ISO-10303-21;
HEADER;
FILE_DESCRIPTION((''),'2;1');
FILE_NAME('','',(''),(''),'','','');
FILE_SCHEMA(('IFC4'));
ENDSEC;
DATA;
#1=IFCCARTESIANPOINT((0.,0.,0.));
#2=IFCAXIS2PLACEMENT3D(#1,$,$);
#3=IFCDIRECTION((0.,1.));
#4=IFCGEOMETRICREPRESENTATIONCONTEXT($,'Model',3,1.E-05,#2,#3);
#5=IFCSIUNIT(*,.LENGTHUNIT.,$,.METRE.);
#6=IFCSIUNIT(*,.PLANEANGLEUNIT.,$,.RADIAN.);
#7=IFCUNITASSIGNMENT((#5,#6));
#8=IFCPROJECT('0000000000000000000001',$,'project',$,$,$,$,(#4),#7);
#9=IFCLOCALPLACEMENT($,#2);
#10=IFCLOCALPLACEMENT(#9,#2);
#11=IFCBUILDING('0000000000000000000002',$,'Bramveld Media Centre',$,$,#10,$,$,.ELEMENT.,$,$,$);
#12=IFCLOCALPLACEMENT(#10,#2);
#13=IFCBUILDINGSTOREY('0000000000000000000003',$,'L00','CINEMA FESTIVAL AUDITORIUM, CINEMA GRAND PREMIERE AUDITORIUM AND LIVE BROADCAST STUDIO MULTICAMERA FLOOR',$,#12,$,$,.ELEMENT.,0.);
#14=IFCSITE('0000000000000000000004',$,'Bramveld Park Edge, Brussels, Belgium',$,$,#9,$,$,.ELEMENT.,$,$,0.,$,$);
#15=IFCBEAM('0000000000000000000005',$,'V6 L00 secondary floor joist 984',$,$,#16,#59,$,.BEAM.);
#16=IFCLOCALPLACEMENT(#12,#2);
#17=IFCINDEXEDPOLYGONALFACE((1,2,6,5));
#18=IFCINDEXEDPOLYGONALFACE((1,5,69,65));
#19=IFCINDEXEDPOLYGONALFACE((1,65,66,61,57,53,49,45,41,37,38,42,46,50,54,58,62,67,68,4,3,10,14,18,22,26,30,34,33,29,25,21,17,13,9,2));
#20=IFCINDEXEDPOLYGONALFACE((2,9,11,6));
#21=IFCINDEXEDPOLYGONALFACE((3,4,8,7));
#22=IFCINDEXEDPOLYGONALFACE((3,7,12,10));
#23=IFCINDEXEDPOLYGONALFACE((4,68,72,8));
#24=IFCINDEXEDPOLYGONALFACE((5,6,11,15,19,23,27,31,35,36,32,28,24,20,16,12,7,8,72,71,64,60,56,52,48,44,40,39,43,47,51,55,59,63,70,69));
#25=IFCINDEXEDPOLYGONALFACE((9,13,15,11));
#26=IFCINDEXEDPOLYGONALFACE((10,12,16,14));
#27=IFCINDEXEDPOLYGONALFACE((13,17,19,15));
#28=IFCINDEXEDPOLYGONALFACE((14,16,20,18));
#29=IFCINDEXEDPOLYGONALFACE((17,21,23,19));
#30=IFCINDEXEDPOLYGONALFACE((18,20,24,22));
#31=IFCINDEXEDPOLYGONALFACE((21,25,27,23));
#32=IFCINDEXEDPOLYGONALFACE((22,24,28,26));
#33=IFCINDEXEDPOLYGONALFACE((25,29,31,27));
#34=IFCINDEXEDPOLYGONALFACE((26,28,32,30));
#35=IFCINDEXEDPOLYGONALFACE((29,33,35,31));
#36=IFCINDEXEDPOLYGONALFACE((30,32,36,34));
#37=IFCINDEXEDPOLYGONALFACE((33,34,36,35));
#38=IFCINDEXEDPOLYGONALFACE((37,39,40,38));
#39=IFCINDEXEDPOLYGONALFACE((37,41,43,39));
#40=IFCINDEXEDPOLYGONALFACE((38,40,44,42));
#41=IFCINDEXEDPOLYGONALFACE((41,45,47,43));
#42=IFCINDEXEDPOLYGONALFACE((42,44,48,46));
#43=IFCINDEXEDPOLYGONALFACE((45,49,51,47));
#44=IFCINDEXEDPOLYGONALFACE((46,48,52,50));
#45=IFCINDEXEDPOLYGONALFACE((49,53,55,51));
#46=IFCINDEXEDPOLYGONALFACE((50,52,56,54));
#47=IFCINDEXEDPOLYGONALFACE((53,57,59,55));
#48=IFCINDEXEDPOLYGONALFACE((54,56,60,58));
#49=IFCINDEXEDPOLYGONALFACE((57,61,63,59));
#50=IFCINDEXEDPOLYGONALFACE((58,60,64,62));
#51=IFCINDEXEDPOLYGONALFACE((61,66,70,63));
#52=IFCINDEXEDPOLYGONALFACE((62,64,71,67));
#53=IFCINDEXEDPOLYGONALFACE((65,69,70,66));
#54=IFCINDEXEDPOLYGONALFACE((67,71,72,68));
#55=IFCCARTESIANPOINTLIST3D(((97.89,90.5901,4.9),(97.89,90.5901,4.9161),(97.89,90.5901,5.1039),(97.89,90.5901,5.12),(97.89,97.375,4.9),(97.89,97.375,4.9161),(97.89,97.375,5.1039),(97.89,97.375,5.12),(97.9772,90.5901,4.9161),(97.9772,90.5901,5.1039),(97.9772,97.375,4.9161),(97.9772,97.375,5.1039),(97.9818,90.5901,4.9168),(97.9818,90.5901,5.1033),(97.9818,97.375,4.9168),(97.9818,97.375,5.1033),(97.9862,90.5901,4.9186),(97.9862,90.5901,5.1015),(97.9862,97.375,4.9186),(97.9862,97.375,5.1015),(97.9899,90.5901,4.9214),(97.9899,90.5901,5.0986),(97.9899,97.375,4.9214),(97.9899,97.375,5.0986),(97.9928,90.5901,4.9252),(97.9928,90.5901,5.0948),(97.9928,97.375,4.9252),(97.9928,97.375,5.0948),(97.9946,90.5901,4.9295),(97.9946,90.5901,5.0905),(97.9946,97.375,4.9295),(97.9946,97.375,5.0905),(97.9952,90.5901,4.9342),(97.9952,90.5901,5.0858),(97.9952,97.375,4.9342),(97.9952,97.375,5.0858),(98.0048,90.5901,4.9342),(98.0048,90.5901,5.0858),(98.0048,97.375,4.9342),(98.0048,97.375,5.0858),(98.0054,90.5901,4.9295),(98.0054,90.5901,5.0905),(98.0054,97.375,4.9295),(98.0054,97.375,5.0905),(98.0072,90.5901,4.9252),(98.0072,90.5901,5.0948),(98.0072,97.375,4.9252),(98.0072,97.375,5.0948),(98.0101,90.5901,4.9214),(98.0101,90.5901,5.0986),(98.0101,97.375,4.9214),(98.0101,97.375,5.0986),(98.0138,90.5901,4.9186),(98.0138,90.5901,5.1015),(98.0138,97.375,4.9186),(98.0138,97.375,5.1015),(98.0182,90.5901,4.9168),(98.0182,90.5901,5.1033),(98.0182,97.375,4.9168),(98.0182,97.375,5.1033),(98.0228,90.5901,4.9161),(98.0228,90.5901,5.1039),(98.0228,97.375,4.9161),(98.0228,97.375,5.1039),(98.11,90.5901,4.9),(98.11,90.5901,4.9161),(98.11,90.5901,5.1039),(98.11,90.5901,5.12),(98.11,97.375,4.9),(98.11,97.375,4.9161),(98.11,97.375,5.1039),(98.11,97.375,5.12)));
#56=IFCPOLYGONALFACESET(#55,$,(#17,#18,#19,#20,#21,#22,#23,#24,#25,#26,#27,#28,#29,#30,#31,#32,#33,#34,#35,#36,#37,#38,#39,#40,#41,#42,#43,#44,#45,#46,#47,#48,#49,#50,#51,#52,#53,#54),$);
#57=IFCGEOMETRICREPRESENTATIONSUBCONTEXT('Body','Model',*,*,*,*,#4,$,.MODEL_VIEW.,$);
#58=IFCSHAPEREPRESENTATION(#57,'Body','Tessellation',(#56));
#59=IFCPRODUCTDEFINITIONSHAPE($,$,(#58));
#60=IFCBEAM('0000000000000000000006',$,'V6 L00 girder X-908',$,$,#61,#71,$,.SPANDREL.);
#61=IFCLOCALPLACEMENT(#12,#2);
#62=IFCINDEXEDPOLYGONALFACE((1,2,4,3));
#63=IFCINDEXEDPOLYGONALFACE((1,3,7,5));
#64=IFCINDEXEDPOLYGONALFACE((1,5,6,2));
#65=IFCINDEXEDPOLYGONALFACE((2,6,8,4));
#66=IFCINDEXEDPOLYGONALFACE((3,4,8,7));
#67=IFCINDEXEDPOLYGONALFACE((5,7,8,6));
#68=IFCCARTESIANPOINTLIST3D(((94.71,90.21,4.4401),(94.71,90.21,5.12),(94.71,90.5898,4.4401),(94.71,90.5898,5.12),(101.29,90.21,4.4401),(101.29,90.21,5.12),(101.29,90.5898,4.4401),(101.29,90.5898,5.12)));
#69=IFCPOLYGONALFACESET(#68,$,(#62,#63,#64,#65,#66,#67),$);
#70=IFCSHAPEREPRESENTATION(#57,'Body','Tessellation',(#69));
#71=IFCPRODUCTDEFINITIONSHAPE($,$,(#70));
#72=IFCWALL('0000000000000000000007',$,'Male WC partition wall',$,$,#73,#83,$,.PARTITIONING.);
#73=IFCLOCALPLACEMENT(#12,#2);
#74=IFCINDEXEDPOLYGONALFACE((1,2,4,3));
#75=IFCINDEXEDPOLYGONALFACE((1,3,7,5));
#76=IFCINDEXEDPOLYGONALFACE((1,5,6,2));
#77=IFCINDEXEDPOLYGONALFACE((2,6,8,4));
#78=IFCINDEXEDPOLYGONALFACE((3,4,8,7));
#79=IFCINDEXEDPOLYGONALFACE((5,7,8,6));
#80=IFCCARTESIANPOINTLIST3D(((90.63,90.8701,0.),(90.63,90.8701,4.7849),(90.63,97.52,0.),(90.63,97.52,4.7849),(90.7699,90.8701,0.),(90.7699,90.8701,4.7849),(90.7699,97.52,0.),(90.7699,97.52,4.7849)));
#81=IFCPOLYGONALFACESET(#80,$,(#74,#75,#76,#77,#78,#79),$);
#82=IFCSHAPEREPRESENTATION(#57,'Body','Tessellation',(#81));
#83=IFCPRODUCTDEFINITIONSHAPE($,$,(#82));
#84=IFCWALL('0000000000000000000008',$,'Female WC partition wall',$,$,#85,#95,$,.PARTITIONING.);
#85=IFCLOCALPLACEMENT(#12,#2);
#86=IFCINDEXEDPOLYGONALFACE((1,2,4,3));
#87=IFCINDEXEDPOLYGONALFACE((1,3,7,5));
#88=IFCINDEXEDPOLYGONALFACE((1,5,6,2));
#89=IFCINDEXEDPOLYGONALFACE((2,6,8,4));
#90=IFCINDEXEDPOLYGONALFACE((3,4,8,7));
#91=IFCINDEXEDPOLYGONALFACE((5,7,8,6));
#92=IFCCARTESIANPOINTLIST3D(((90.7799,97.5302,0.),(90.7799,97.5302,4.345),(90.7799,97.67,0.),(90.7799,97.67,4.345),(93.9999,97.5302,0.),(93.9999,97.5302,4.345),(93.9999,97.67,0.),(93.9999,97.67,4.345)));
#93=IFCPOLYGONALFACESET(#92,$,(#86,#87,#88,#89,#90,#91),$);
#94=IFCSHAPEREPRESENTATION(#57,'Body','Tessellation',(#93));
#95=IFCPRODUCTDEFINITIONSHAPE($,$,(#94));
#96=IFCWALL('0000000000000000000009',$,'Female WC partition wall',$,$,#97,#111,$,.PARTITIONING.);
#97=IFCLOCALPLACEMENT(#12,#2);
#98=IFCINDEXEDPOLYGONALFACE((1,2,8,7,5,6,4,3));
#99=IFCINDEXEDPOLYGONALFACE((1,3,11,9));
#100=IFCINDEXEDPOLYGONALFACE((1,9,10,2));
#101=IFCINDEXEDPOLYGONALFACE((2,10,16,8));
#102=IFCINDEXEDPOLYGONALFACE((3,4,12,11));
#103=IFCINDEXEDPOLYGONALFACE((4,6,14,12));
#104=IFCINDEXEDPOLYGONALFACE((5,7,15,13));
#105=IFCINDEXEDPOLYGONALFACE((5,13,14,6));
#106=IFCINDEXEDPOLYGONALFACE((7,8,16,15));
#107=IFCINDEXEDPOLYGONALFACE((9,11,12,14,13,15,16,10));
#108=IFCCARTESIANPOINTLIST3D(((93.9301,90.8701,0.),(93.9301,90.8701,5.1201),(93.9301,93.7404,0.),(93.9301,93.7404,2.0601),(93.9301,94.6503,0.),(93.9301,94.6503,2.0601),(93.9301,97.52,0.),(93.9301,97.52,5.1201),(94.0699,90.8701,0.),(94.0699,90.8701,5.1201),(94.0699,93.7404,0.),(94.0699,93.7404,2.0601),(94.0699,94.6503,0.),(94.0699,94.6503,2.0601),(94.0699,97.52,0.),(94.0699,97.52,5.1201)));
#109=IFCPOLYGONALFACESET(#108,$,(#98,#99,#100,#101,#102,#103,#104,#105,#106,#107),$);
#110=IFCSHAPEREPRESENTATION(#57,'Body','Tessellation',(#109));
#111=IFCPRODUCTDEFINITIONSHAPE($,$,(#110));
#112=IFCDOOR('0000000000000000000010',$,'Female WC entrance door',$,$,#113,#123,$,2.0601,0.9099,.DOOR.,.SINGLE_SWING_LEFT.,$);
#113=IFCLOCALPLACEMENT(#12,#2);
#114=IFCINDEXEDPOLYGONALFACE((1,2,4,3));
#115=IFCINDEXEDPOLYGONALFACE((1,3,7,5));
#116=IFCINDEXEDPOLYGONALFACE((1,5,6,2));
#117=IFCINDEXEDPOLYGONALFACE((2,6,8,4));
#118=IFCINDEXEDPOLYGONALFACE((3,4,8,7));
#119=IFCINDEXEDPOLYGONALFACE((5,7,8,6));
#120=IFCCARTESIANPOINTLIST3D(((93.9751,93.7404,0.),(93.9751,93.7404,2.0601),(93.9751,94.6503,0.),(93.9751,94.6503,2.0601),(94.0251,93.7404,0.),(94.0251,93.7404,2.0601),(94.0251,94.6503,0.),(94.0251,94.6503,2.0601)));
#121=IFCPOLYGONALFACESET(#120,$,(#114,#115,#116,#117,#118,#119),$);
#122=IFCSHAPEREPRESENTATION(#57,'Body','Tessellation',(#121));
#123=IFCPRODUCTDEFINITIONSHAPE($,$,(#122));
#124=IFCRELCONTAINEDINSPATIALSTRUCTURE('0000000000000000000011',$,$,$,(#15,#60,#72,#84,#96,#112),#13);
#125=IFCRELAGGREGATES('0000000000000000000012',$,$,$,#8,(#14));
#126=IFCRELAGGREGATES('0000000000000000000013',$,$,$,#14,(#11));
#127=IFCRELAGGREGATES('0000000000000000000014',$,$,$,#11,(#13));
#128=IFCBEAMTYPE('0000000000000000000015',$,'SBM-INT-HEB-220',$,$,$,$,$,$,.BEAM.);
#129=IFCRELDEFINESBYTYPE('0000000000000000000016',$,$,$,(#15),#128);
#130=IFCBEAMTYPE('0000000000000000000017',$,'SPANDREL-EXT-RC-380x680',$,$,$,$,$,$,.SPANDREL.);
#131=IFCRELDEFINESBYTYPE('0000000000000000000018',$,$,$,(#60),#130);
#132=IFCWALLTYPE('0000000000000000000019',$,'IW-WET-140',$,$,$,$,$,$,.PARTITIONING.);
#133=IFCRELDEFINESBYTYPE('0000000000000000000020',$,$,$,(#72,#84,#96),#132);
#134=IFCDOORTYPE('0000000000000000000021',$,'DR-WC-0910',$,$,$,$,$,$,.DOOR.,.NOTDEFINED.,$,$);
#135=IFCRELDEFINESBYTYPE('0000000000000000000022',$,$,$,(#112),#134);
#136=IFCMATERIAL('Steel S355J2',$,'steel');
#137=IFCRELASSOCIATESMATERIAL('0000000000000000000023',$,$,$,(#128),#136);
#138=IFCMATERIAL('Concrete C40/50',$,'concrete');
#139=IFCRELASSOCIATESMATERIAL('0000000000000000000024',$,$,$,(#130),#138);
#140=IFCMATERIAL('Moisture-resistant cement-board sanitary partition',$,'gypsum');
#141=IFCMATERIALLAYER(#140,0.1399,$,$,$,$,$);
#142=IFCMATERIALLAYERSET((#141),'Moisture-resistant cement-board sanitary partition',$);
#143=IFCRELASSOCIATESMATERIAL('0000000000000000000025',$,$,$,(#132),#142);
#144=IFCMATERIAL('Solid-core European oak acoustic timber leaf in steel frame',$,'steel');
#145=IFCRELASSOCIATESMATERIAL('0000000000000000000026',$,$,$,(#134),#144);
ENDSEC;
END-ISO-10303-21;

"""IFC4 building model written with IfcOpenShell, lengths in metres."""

from ifc_helpers import new_model, si_unit, direction, frame, frame_2d, origin, origin_2d, place, context, subcontext, project, spatial, rectangle, i_section, extrude, material, layer, layer_set, material_profile, profile_set, type_object, element, fill, save


model = new_model("IFC4")

# Units and contexts
model_context = context("Model", 3, precision=1e-05, world=origin(), true_north=direction((0.0, 1.0)))
body_context = subcontext(model_context, "Body", "Model", "MODEL_VIEW")
ifc_project = project(units=[si_unit("LENGTHUNIT", "METRE"), si_unit("PLANEANGLEUNIT", "RADIAN")], contexts=[model_context])

# Site, building, storey
site_placement = place(None, origin())
site = spatial("IfcSite", under=ifc_project, at=site_placement, Name="Bramveld Park Edge, Brussels, Belgium", CompositionType="ELEMENT", RefElevation=0.0)
building_placement = place(site_placement, origin())
building = spatial("IfcBuilding", under=site, at=building_placement, Name="Bramveld Media Centre", CompositionType="ELEMENT")
storey_placement = place(building_placement, origin())
storey = spatial("IfcBuildingStorey", under=building, at=storey_placement, Name="L00", Description="CINEMA FESTIVAL AUDITORIUM, CINEMA GRAND PREMIERE AUDITORIUM AND LIVE BROADCAST STUDIO MULTICAMERA FLOOR", CompositionType="ELEMENT", Elevation=0.0)

# Beams
ifc_material_1 = material(Name="Steel S355J2", Category="steel")
ifc_material_profile_1 = material_profile(ifc_material_1, i_section(OverallWidth=0.22, OverallDepth=0.22, WebThickness=0.0095, FlangeThickness=0.0161, FilletRadius=0.0181, at=origin_2d()), Name="HEB 220")
ifc_profile_set_1 = profile_set([ifc_material_profile_1], Name="Steel S355J2")
beam_type_1 = type_object("IfcBeamType", Name="SBM-INT-HEB-220", PredefinedType="BEAM", material=ifc_profile_set_1)
beam_1_placement = place(storey_placement, frame((98.0, 90.5901, 5.01), z_axis=(0.0, 1.0, 0.0), x_axis=(-1.0, 0.0, 0.0)))
element("IfcBeam", 1, at=beam_1_placement, inside=storey, type_object=beam_type_1, Name="V6 L00 secondary floor joist 984", PredefinedType="BEAM", context=body_context, shape_type="SweptSolid", body=[
    extrude(i_section(OverallWidth=0.22, OverallDepth=0.22, WebThickness=0.0095, FlangeThickness=0.0161, FilletRadius=0.0181, at=origin_2d()), origin(), (0.0, 0.0, 1.0), 6.7849),
])
ifc_material_2 = material(Name="Concrete C40/50", Category="concrete")
ifc_material_profile_2 = material_profile(ifc_material_2, rectangle(XDim=0.3799, YDim=0.6799, at=origin_2d()), Name="RC 380x680")
ifc_profile_set_2 = profile_set([ifc_material_profile_2], Name="Concrete C40/50")
beam_type_2 = type_object("IfcBeamType", Name="SPANDREL-EXT-RC-380x680", PredefinedType="SPANDREL", material=ifc_profile_set_2)
beam_2_placement = place(storey_placement, frame((94.71, 90.3999, 4.78), z_axis=(1.0, 0.0, 0.0), x_axis=(0.0, 1.0, 0.0)))
element("IfcBeam", 2, at=beam_2_placement, inside=storey, type_object=beam_type_2, Name="V6 L00 girder X-908", PredefinedType="SPANDREL", context=body_context, shape_type="SweptSolid", body=[
    extrude(rectangle(XDim=0.3799, YDim=0.6799, at=origin_2d()), origin(), (0.0, 0.0, 1.0), 6.5801),
])

# Walls
ifc_material_3 = material(Name="Moisture-resistant cement-board sanitary partition", Category="gypsum")
ifc_layer = layer(ifc_material_3, 0.1399)
ifc_layer_set = layer_set([ifc_layer], Name="Moisture-resistant cement-board sanitary partition")
wall_type = type_object("IfcWallType", Name="IW-WET-140", PredefinedType="PARTITIONING", material=ifc_layer_set)
wall_1_placement = place(storey_placement, frame((90.7, 90.8701, 0.0), z_axis=(0.0, 0.0, 1.0), x_axis=(0.0, 1.0, 0.0)))
element("IfcWall", 3, at=wall_1_placement, inside=storey, type_object=wall_type, Name="Male WC partition wall", PredefinedType="PARTITIONING", context=body_context, shape_type="SweptSolid", body=[
    extrude(rectangle(XDim=6.6499, YDim=0.1399, at=frame_2d((3.325, 0.0))), origin(), (0.0, 0.0, 1.0), 4.7849),
])
wall_2_placement = place(storey_placement, frame((90.78, 97.6001, 0.0), z_axis=(0.0, 0.0, 1.0), x_axis=(1.0, 0.0, 0.0)))
element("IfcWall", 4, at=wall_2_placement, inside=storey, type_object=wall_type, Name="Female WC partition wall", PredefinedType="PARTITIONING", context=body_context, shape_type="SweptSolid", body=[
    extrude(rectangle(XDim=3.22, YDim=0.1399, at=frame_2d((1.6099, 0.0))), origin(), (0.0, 0.0, 1.0), 4.345),
])

# Wall, opening, door
wall_3_placement = place(storey_placement, frame((94.0, 90.8701, 0.0), z_axis=(0.0, 0.0, 1.0), x_axis=(0.0, 1.0, 0.0)))
wall_3 = element("IfcWall", 5, at=wall_3_placement, inside=storey, type_object=wall_type, Name="Female WC partition wall", PredefinedType="PARTITIONING", context=body_context, shape_type="SweptSolid", body=[
    extrude(rectangle(XDim=6.6499, YDim=0.1399, at=frame_2d((3.325, 0.0))), origin(), (0.0, 0.0, 1.0), 5.1201),
])
opening_placement = place(wall_3_placement, frame((2.8701, 0.0, 0.0)))
opening = element("IfcOpeningElement", 6, at=opening_placement, cuts=wall_3, PredefinedType="OPENING", context=body_context, shape_type="SweptSolid", body=[
    extrude(rectangle(XDim=0.9099, YDim=2.0601, at=frame_2d((0.4551, 1.03))), frame((0.0, 0.082, 0.0), z_axis=(0.0, -1.0, 0.0), x_axis=(1.0, 0.0, 0.0)), (0.0, 0.0, 1.0), 0.1638),
])
ifc_material_4 = material(Name="Solid-core European oak acoustic timber leaf in steel frame", Category="steel")
door_type = type_object("IfcDoorType", Name="DR-WC-0910", OperationType="NOTDEFINED", PredefinedType="DOOR", material=ifc_material_4)
door_placement = place(opening_placement, origin())
door = element("IfcDoor", 7, at=door_placement, inside=storey, type_object=door_type, Name="Female WC entrance door", OperationType="SINGLE_SWING_LEFT", OverallHeight=2.0601, OverallWidth=0.9099, PredefinedType="DOOR", context=body_context, shape_type="SweptSolid", body=[
    extrude(rectangle(XDim=0.9099, YDim=2.0601, at=frame_2d((0.4551, 1.03))), frame((0.0, 0.0249, 0.0), z_axis=(0.0, -1.0, 0.0), x_axis=(1.0, 0.0, 0.0)), (0.0, 0.0, 1.0), 0.05),
])
fill(opening, door)

save(model, "model.ifc")
